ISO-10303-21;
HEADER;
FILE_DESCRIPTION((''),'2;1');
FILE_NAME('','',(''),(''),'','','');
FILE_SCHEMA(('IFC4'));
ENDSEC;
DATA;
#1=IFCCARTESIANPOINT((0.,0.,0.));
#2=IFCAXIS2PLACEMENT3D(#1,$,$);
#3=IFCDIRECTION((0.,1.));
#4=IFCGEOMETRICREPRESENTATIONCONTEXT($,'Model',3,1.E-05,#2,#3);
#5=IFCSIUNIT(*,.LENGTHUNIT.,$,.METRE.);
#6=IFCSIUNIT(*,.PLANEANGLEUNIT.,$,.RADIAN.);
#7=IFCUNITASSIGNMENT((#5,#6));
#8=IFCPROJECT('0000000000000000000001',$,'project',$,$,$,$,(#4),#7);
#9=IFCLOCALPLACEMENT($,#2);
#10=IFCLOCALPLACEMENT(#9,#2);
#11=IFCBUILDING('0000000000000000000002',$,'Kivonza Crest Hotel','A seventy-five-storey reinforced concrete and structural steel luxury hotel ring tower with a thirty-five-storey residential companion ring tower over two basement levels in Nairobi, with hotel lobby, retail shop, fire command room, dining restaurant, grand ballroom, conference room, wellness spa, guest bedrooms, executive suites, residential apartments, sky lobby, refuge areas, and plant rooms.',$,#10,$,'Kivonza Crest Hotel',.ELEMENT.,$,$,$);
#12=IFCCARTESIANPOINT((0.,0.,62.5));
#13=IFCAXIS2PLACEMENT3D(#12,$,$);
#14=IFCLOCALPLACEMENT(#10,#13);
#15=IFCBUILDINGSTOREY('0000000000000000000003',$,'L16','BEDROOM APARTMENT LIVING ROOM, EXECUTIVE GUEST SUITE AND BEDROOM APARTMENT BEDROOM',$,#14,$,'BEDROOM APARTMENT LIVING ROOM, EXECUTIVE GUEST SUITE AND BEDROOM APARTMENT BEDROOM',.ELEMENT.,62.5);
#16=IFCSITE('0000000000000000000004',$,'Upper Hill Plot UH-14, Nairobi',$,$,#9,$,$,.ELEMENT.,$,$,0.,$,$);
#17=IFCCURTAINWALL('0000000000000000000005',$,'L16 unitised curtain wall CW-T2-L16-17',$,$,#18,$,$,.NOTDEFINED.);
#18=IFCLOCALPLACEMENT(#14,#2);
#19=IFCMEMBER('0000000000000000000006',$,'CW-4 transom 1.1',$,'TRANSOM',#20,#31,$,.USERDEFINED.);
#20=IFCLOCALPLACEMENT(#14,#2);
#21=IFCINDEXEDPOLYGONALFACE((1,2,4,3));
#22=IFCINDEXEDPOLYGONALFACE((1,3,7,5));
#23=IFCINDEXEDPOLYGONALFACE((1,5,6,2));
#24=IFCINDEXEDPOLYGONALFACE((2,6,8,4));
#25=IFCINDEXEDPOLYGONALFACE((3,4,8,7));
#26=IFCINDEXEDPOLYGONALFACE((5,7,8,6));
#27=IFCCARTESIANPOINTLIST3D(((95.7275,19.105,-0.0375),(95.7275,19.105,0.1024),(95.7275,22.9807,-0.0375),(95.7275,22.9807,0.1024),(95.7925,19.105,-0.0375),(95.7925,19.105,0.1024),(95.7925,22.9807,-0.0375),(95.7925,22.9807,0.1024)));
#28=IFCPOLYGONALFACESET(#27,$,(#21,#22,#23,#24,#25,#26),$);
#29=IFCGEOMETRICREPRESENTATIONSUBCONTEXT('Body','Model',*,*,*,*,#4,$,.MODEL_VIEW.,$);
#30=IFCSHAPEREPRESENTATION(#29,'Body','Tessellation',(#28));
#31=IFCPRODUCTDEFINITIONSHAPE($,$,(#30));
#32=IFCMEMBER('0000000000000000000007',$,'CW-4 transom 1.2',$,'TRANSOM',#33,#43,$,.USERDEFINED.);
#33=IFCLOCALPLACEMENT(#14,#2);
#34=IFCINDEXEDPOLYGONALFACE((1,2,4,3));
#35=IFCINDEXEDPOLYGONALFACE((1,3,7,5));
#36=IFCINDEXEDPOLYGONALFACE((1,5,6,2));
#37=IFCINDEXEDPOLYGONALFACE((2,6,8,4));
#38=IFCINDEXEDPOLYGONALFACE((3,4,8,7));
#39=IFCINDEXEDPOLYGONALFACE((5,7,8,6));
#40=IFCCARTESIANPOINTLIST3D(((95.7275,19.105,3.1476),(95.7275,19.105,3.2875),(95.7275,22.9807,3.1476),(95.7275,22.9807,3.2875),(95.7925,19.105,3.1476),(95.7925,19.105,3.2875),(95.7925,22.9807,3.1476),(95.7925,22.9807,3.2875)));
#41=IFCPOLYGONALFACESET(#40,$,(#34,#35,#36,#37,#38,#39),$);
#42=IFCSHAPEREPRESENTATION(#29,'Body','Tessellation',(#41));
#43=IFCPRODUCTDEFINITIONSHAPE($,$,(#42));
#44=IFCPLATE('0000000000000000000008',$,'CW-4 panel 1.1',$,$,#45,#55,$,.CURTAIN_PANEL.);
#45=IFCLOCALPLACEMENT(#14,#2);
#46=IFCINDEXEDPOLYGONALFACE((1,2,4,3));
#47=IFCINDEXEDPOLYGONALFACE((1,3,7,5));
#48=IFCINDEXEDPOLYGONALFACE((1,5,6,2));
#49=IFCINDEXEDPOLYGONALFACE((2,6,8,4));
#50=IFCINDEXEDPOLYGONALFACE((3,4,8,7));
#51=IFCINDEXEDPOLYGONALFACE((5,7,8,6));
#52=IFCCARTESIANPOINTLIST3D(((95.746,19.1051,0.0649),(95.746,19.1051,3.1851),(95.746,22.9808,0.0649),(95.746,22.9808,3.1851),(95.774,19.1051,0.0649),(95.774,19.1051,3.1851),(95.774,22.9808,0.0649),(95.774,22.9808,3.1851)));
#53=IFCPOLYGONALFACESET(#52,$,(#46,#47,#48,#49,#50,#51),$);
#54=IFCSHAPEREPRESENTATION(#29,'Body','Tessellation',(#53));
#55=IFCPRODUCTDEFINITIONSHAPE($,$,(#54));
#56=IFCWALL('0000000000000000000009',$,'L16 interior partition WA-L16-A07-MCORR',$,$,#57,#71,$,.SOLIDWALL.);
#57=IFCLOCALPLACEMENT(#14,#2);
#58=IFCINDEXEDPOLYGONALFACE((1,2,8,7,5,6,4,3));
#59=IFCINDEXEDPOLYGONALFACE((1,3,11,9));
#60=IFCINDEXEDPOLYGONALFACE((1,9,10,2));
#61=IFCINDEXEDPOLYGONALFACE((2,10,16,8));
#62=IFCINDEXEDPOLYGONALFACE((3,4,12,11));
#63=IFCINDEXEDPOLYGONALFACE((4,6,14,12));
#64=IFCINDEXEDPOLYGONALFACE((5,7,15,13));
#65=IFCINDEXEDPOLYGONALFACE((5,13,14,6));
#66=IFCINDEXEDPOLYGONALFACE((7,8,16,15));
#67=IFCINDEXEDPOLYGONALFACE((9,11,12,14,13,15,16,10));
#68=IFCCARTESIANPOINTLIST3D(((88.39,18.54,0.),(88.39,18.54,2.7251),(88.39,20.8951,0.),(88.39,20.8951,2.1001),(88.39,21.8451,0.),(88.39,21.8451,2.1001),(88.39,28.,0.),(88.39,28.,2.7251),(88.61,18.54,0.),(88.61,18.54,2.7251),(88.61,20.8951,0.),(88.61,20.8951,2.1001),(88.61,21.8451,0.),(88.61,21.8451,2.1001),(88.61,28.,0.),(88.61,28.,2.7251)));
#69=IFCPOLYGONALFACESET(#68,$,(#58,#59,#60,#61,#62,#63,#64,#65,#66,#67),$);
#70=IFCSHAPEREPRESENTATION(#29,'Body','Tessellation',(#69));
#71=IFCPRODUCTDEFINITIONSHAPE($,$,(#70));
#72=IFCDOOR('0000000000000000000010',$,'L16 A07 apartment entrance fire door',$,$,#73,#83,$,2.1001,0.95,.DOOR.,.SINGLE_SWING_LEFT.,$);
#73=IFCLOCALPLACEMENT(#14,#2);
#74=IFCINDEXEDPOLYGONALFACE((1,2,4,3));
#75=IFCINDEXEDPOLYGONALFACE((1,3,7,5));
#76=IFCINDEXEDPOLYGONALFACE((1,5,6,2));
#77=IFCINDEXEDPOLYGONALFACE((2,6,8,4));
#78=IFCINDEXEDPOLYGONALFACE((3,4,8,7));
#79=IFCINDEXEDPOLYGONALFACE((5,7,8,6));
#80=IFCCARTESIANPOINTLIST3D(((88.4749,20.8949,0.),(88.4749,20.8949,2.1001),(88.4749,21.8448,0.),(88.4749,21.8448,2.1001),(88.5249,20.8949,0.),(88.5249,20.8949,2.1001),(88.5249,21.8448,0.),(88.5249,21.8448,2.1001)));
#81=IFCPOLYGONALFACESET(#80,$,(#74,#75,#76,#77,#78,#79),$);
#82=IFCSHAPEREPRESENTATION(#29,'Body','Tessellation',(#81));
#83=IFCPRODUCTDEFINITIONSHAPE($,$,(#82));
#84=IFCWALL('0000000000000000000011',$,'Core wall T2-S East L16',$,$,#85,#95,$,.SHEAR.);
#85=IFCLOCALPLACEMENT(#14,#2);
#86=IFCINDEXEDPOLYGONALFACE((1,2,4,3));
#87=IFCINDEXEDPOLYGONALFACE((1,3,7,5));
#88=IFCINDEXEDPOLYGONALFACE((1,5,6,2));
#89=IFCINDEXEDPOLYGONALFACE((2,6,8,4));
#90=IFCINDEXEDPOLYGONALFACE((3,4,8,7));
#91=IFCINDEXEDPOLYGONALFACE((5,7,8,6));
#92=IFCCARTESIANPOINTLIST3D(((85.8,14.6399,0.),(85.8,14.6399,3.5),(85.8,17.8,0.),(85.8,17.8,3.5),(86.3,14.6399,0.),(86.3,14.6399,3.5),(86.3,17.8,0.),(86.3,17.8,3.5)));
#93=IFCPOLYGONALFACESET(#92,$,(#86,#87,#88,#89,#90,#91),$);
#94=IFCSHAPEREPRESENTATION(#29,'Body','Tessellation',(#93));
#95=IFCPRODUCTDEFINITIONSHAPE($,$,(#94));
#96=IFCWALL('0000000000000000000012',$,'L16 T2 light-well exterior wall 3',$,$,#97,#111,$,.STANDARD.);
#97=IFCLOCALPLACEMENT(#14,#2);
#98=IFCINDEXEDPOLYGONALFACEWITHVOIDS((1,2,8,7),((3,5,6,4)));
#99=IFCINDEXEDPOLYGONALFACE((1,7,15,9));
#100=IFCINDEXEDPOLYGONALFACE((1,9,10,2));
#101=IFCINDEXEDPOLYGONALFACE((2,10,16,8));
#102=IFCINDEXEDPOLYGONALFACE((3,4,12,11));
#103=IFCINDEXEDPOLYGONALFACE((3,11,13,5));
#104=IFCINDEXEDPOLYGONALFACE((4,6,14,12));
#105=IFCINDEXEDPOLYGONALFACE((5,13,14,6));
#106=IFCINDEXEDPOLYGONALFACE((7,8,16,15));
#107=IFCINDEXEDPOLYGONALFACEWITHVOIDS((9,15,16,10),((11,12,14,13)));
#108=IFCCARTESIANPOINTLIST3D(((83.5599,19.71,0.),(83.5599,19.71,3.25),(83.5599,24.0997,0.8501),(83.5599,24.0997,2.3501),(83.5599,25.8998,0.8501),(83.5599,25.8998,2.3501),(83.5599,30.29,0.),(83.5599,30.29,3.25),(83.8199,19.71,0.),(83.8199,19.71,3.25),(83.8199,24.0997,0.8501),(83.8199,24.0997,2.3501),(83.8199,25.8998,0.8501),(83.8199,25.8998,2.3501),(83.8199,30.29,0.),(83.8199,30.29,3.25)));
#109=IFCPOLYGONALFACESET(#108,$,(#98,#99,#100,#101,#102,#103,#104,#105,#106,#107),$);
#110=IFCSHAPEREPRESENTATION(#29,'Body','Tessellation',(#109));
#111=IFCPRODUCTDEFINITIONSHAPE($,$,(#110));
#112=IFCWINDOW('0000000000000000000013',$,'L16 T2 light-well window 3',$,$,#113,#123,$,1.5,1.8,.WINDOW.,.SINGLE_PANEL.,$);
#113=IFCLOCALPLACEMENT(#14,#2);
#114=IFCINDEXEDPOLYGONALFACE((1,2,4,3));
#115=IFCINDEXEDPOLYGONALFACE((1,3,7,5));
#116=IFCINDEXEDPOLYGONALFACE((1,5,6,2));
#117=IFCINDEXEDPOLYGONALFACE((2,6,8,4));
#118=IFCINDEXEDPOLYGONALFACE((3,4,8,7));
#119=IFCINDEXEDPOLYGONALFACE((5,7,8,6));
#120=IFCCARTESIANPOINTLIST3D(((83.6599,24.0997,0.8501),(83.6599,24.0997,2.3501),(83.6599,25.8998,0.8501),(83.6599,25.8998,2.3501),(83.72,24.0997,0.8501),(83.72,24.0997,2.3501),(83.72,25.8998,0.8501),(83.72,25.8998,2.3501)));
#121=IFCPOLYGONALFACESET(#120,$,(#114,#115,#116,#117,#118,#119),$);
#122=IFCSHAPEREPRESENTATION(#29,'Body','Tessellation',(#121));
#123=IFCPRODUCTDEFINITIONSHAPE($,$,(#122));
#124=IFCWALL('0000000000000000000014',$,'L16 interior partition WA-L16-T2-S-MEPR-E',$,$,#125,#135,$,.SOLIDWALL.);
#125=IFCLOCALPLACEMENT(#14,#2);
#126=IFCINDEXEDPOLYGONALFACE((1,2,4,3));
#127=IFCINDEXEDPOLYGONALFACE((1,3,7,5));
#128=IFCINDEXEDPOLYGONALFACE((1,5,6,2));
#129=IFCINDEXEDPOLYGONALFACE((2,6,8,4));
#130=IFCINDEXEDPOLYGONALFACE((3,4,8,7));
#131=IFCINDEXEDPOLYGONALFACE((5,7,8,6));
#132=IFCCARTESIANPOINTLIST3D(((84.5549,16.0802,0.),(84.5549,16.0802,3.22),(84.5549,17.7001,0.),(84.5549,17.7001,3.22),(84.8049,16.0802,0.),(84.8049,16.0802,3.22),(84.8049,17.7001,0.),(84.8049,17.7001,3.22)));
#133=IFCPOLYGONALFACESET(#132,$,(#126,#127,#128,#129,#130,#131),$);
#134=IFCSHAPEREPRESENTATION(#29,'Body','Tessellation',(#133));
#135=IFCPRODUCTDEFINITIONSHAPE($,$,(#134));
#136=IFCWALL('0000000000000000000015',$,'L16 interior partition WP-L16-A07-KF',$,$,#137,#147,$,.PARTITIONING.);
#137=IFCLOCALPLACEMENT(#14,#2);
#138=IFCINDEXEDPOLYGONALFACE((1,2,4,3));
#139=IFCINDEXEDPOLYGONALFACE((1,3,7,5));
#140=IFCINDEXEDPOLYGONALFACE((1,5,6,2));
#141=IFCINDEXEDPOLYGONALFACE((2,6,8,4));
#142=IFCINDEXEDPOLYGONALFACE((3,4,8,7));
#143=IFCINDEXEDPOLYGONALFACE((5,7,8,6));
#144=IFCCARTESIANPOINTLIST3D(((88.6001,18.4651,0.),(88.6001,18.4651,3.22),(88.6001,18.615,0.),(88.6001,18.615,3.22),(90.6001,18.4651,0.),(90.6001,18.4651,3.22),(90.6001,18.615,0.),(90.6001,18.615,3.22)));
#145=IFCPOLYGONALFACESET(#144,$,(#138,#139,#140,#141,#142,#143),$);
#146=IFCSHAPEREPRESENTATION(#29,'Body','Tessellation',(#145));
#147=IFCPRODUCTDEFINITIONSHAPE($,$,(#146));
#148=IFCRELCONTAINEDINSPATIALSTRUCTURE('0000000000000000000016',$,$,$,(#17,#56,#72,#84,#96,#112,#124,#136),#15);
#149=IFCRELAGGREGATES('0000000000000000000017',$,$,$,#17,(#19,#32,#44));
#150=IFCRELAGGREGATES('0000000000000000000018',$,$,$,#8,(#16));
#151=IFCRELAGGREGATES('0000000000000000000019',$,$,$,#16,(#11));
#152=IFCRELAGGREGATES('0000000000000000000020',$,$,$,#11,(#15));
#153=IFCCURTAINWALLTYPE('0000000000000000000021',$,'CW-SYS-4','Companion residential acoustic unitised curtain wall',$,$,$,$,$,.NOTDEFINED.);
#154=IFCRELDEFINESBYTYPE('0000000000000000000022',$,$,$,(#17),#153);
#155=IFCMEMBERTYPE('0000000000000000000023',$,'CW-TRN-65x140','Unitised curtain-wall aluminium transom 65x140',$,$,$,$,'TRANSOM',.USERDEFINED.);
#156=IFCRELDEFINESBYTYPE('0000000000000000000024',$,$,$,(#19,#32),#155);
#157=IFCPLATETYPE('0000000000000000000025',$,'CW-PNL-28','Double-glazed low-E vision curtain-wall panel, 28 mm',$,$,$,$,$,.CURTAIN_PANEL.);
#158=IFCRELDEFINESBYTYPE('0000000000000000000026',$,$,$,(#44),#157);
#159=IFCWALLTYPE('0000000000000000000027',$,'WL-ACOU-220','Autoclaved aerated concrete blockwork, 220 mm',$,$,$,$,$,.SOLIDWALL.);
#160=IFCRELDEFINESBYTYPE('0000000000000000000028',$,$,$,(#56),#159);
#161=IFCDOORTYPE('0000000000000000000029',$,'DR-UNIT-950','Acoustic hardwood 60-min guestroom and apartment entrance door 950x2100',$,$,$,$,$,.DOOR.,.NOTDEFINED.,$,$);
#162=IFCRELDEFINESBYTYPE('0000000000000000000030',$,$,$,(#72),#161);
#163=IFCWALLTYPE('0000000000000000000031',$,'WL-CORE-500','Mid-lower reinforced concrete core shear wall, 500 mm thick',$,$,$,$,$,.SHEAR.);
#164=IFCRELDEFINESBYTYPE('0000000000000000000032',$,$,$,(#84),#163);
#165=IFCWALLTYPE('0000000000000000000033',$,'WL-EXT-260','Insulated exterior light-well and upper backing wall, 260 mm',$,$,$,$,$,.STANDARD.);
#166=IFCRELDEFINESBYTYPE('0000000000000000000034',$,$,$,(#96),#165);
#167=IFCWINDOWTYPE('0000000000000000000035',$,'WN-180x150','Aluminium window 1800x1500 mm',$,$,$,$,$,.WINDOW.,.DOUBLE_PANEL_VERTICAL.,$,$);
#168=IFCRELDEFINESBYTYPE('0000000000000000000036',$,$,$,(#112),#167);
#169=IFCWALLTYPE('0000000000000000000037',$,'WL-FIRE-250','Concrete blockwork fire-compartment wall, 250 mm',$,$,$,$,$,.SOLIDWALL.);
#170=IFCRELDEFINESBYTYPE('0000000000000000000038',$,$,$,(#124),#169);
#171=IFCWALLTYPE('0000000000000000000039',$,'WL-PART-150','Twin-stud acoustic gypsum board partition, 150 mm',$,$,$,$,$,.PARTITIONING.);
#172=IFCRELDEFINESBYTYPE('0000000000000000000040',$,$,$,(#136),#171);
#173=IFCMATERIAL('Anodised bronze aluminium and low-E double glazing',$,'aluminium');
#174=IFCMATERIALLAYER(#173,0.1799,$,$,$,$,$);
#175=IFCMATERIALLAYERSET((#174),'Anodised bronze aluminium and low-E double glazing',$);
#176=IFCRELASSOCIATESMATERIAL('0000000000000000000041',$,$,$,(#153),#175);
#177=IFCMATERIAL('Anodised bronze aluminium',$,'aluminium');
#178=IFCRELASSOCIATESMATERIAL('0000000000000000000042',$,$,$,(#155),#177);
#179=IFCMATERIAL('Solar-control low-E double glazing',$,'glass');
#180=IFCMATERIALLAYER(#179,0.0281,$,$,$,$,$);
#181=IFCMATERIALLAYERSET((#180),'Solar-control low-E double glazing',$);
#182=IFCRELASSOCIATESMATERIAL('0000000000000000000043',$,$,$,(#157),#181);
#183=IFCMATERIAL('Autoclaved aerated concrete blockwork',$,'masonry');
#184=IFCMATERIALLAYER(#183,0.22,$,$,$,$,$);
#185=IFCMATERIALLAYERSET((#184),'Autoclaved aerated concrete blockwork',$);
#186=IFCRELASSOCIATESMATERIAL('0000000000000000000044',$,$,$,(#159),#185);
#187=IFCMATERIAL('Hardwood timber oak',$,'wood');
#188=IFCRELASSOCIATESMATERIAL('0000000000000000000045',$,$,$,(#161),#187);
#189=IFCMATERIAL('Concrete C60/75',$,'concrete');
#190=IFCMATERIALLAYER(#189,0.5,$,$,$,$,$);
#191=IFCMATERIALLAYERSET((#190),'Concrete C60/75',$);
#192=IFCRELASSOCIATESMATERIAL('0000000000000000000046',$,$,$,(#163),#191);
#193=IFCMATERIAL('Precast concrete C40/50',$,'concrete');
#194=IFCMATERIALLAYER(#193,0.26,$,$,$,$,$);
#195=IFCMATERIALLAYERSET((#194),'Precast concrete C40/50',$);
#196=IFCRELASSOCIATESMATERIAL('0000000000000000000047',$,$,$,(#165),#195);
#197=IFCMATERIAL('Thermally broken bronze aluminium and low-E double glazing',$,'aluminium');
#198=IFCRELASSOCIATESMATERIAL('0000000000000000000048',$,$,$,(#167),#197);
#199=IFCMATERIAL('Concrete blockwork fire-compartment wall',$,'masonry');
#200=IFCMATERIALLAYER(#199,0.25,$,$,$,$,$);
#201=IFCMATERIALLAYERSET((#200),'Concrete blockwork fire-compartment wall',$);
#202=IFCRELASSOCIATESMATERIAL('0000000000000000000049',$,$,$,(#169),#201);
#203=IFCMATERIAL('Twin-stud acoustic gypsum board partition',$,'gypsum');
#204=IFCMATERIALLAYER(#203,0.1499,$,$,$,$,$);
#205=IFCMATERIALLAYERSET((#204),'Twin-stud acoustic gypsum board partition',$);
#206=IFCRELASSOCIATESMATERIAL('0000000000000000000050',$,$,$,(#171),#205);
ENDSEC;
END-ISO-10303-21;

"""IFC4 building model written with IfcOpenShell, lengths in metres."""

from ifc_helpers import new_model, si_unit, direction, frame, frame_2d, origin, origin_2d, place, context, subcontext, project, spatial, rectangle, extrude, material, layer, layer_set, material_profile, profile_set, type_object, element, fill, aggregate, save


model = new_model("IFC4")

# Units and contexts
model_context = context("Model", 3, precision=1e-05, world=origin(), true_north=direction((0.0, 1.0)))
body_context = subcontext(model_context, "Body", "Model", "MODEL_VIEW")
ifc_project = project(units=[si_unit("LENGTHUNIT", "METRE"), si_unit("PLANEANGLEUNIT", "RADIAN")], contexts=[model_context])

# Site, building, storey
site_placement = place(None, origin())
site = spatial("IfcSite", under=ifc_project, at=site_placement, Name="Upper Hill Plot UH-14, Nairobi", CompositionType="ELEMENT", RefElevation=0.0)
building_placement = place(site_placement, origin())
building = spatial("IfcBuilding", under=site, at=building_placement, Name="Kivonza Crest Hotel", Description="A seventy-five-storey reinforced concrete and structural steel luxury hotel ring tower with a thirty-five-storey residential companion ring tower over two basement levels in Nairobi, with hotel lobby, retail shop, fire command room, dining restaurant, grand ballroom, conference room, wellness spa, guest bedrooms, executive suites, residential apartments, sky lobby, refuge areas, and plant rooms.", LongName="Kivonza Crest Hotel", CompositionType="ELEMENT")
storey_placement = place(building_placement, frame((0.0, 0.0, 62.5)))
storey = spatial("IfcBuildingStorey", under=building, at=storey_placement, Name="L16", Description="BEDROOM APARTMENT LIVING ROOM, EXECUTIVE GUEST SUITE AND BEDROOM APARTMENT BEDROOM", LongName="BEDROOM APARTMENT LIVING ROOM, EXECUTIVE GUEST SUITE AND BEDROOM APARTMENT BEDROOM", CompositionType="ELEMENT", Elevation=62.5)

# Curtain wall, members, plate
ifc_material_1 = material(Name="Anodised bronze aluminium and low-E double glazing", Category="aluminium")
ifc_layer_1 = layer(ifc_material_1, 0.1799)
ifc_layer_set_1 = layer_set([ifc_layer_1], Name="Anodised bronze aluminium and low-E double glazing")
curtain_wall_type = type_object("IfcCurtainWallType", Name="CW-SYS-4", Description="Companion residential acoustic unitised curtain wall", PredefinedType="NOTDEFINED", material=ifc_layer_set_1)
curtain_wall_placement = place(storey_placement, origin())
curtain_wall = element("IfcCurtainWall", 1, at=curtain_wall_placement, inside=storey, type_object=curtain_wall_type, Name="L16 unitised curtain wall CW-T2-L16-17", PredefinedType="NOTDEFINED")
ifc_material_2 = material(Name="Anodised bronze aluminium", Category="aluminium")
ifc_material_profile_1 = material_profile(ifc_material_2, rectangle(XDim=0.0649, YDim=0.1399, at=origin_2d()), Name="CW-T 65x140")
ifc_profile_set_1 = profile_set([ifc_material_profile_1], Name="Anodised bronze aluminium")
member_type_1 = type_object("IfcMemberType", Name="CW-TRN-65x140", Description="Unitised curtain-wall aluminium transom 65x140", ElementType="TRANSOM", PredefinedType="USERDEFINED", material=ifc_profile_set_1)
member_1_placement = place(storey_placement, frame((95.76, 19.105, 0.0325), z_axis=(0.0, 1.0, 0.0), x_axis=(-1.0, 0.0, 0.0)))
member_1 = element("IfcMember", 2, at=member_1_placement, type_object=member_type_1, Name="CW-4 transom 1.1", ObjectType="TRANSOM", PredefinedType="USERDEFINED", context=body_context, shape_type="SweptSolid", body=[
    extrude(rectangle(XDim=0.0649, YDim=0.1399, at=origin_2d()), origin(), (0.0, 0.0, 1.0), 3.8757),
])
member_2_placement = place(storey_placement, frame((95.76, 19.105, 3.2175), z_axis=(0.0, 1.0, 0.0), x_axis=(-1.0, 0.0, 0.0)))
member_2 = element("IfcMember", 3, at=member_2_placement, type_object=member_type_1, Name="CW-4 transom 1.2", ObjectType="TRANSOM", PredefinedType="USERDEFINED", context=body_context, shape_type="SweptSolid", body=[
    extrude(rectangle(XDim=0.0649, YDim=0.1399, at=origin_2d()), origin(), (0.0, 0.0, 1.0), 3.8757),
])
ifc_material_3 = material(Name="Solar-control low-E double glazing", Category="glass")
ifc_layer_2 = layer(ifc_material_3, 0.0281)
ifc_layer_set_2 = layer_set([ifc_layer_2], Name="Solar-control low-E double glazing")
plate_type = type_object("IfcPlateType", Name="CW-PNL-28", Description="Double-glazed low-E vision curtain-wall panel, 28 mm", PredefinedType="CURTAIN_PANEL", material=ifc_layer_set_2)
plate_placement = place(storey_placement, frame((95.76, 21.043, 0.0649), z_axis=(0.0, 0.0, 1.0), x_axis=(0.0, 1.0, 0.0)))
plate = element("IfcPlate", 4, at=plate_placement, type_object=plate_type, Name="CW-4 panel 1.1", PredefinedType="CURTAIN_PANEL", context=body_context, shape_type="SweptSolid", body=[
    extrude(rectangle(XDim=3.8757, YDim=0.0281, at=origin_2d()), origin(), (0.0, 0.0, 1.0), 3.1201),
])
aggregate(curtain_wall, [member_1, member_2, plate])

# Wall, opening, door
ifc_material_4 = material(Name="Autoclaved aerated concrete blockwork", Category="masonry")
ifc_layer_3 = layer(ifc_material_4, 0.22)
ifc_layer_set_3 = layer_set([ifc_layer_3], Name="Autoclaved aerated concrete blockwork")
wall_type_1 = type_object("IfcWallType", Name="WL-ACOU-220", Description="Autoclaved aerated concrete blockwork, 220 mm", PredefinedType="SOLIDWALL", material=ifc_layer_set_3)
wall_1_placement = place(storey_placement, frame((88.5, 18.54, 0.0), z_axis=(0.0, 0.0, 1.0), x_axis=(0.0, 1.0, 0.0)))
wall_1 = element("IfcWall", 5, at=wall_1_placement, inside=storey, type_object=wall_type_1, Name="L16 interior partition WA-L16-A07-MCORR", PredefinedType="SOLIDWALL", context=body_context, shape_type="SweptSolid", body=[
    extrude(rectangle(XDim=9.46, YDim=0.22, at=frame_2d((4.73, 0.0))), origin(), (0.0, 0.0, 1.0), 2.7251),
])
opening_1_placement = place(wall_1_placement, frame((2.355, 0.0, 0.0)))
opening_1 = element("IfcOpeningElement", 6, at=opening_1_placement, cuts=wall_1, PredefinedType="OPENING", context=body_context, shape_type="SweptSolid", body=[
    extrude(rectangle(XDim=0.95, YDim=2.1001, at=frame_2d((0.4751, 1.05))), frame((0.0, 0.1201, 0.0), z_axis=(0.0, -1.0, 0.0), x_axis=(1.0, 0.0, 0.0)), (0.0, 0.0, 1.0), 0.24),
])
ifc_material_5 = material(Name="Hardwood timber oak", Category="wood")
door_type_1 = type_object("IfcDoorType", Name="DR-UNIT-950", Description="Acoustic hardwood 60-min guestroom and apartment entrance door 950x2100", OperationType="NOTDEFINED", PredefinedType="DOOR", material=ifc_material_5)
door_1_placement = place(opening_1_placement, frame((0.95, 0.0, 0.0), z_axis=(0.0, 0.0, 1.0), x_axis=(-1.0, 0.0, 0.0)))
door_1 = element("IfcDoor", 7, at=door_1_placement, inside=storey, type_object=door_type_1, Name="L16 A07 apartment entrance fire door", OperationType="SINGLE_SWING_LEFT", OverallHeight=2.1001, OverallWidth=0.95, PredefinedType="DOOR", context=body_context, shape_type="SweptSolid", body=[
    extrude(rectangle(XDim=0.95, YDim=2.1001, at=frame_2d((0.4751, 1.05))), frame((0.0, 0.0249, 0.0), z_axis=(0.0, -1.0, 0.0), x_axis=(1.0, 0.0, 0.0)), (0.0, 0.0, 1.0), 0.05),
])
fill(opening_1, door_1)

# Wall
ifc_material_6 = material(Name="Concrete C60/75", Category="concrete")
ifc_layer_4 = layer(ifc_material_6, 0.5)
ifc_layer_set_4 = layer_set([ifc_layer_4], Name="Concrete C60/75")
wall_type_2 = type_object("IfcWallType", Name="WL-CORE-500", Description="Mid-lower reinforced concrete core shear wall, 500 mm thick", PredefinedType="SHEAR", material=ifc_layer_set_4)
wall_2_placement = place(storey_placement, frame((86.05, 14.6399, 0.0), z_axis=(0.0, 0.0, 1.0), x_axis=(0.0, 1.0, 0.0)))
element("IfcWall", 8, at=wall_2_placement, inside=storey, type_object=wall_type_2, Name="Core wall T2-S East L16", PredefinedType="SHEAR", context=body_context, shape_type="SweptSolid", body=[
    extrude(rectangle(XDim=3.1602, YDim=0.5, at=frame_2d((1.5801, 0.0))), origin(), (0.0, 0.0, 1.0), 3.5),
])

# Wall, opening, window
ifc_material_7 = material(Name="Precast concrete C40/50", Category="concrete")
ifc_layer_5 = layer(ifc_material_7, 0.26)
ifc_layer_set_5 = layer_set([ifc_layer_5], Name="Precast concrete C40/50")
wall_type_3 = type_object("IfcWallType", Name="WL-EXT-260", Description="Insulated exterior light-well and upper backing wall, 260 mm", PredefinedType="STANDARD", material=ifc_layer_set_5)
wall_3_placement = place(storey_placement, frame((83.6899, 19.71, 0.0), z_axis=(0.0, 0.0, 1.0), x_axis=(0.0, 1.0, 0.0)))
wall_3 = element("IfcWall", 9, at=wall_3_placement, inside=storey, type_object=wall_type_3, Name="L16 T2 light-well exterior wall 3", PredefinedType="STANDARD", context=body_context, shape_type="SweptSolid", body=[
    extrude(rectangle(XDim=10.5801, YDim=0.26, at=frame_2d((5.29, 0.0))), origin(), (0.0, 0.0, 1.0), 3.25),
])
opening_2_placement = place(wall_3_placement, frame((4.3899, 0.0, 0.8501)))
opening_2 = element("IfcOpeningElement", 10, at=opening_2_placement, cuts=wall_3, PredefinedType="OPENING", context=body_context, shape_type="SweptSolid", body=[
    extrude(rectangle(XDim=1.8, YDim=1.5, at=frame_2d((0.8999, 0.75))), frame((0.0, 0.1401, 0.0), z_axis=(0.0, -1.0, 0.0), x_axis=(1.0, 0.0, 0.0)), (0.0, 0.0, 1.0), 0.28),
])
ifc_material_8 = material(Name="Thermally broken bronze aluminium and low-E double glazing", Category="aluminium")
window_type = type_object("IfcWindowType", Name="WN-180x150", Description="Aluminium window 1800x1500 mm", PartitioningType="DOUBLE_PANEL_VERTICAL", PredefinedType="WINDOW", material=ifc_material_8)
window_placement = place(opening_2_placement, origin())
window = element("IfcWindow", 11, at=window_placement, inside=storey, type_object=window_type, Name="L16 T2 light-well window 3", OverallHeight=1.5, OverallWidth=1.8, PartitioningType="SINGLE_PANEL", PredefinedType="WINDOW", context=body_context, shape_type="SweptSolid", body=[
    extrude(rectangle(XDim=1.8, YDim=1.5, at=frame_2d((0.8999, 0.75))), frame((0.0, 0.03, 0.0), z_axis=(0.0, -1.0, 0.0), x_axis=(1.0, 0.0, 0.0)), (0.0, 0.0, 1.0), 0.0601),
])
fill(opening_2, window)

# Walls
ifc_material_9 = material(Name="Concrete blockwork fire-compartment wall", Category="masonry")
ifc_layer_6 = layer(ifc_material_9, 0.25)
ifc_layer_set_6 = layer_set([ifc_layer_6], Name="Concrete blockwork fire-compartment wall")
wall_type_4 = type_object("IfcWallType", Name="WL-FIRE-250", Description="Concrete blockwork fire-compartment wall, 250 mm", PredefinedType="SOLIDWALL", material=ifc_layer_set_6)
wall_4_placement = place(storey_placement, frame((84.6799, 16.0801, 0.0), z_axis=(0.0, 0.0, 1.0), x_axis=(0.0, 1.0, 0.0)))
element("IfcWall", 12, at=wall_4_placement, inside=storey, type_object=wall_type_4, Name="L16 interior partition WA-L16-T2-S-MEPR-E", PredefinedType="SOLIDWALL", context=body_context, shape_type="SweptSolid", body=[
    extrude(rectangle(XDim=1.6199, YDim=0.25, at=frame_2d((0.8101, 0.0))), origin(), (0.0, 0.0, 1.0), 3.22),
])
ifc_material_10 = material(Name="Twin-stud acoustic gypsum board partition", Category="gypsum")
ifc_layer_7 = layer(ifc_material_10, 0.1499)
ifc_layer_set_7 = layer_set([ifc_layer_7], Name="Twin-stud acoustic gypsum board partition")
wall_type_5 = type_object("IfcWallType", Name="WL-PART-150", Description="Twin-stud acoustic gypsum board partition, 150 mm", PredefinedType="PARTITIONING", material=ifc_layer_set_7)
wall_5_placement = place(storey_placement, frame((88.6001, 18.54, 0.0), z_axis=(0.0, 0.0, 1.0), x_axis=(1.0, 0.0, 0.0)))
element("IfcWall", 13, at=wall_5_placement, inside=storey, type_object=wall_type_5, Name="L16 interior partition WP-L16-A07-KF", PredefinedType="PARTITIONING", context=body_context, shape_type="SweptSolid", body=[
    extrude(rectangle(XDim=2.0, YDim=0.1499, at=frame_2d((1.0, 0.0))), origin(), (0.0, 0.0, 1.0), 3.22),
])

save(model, "model.ifc")
